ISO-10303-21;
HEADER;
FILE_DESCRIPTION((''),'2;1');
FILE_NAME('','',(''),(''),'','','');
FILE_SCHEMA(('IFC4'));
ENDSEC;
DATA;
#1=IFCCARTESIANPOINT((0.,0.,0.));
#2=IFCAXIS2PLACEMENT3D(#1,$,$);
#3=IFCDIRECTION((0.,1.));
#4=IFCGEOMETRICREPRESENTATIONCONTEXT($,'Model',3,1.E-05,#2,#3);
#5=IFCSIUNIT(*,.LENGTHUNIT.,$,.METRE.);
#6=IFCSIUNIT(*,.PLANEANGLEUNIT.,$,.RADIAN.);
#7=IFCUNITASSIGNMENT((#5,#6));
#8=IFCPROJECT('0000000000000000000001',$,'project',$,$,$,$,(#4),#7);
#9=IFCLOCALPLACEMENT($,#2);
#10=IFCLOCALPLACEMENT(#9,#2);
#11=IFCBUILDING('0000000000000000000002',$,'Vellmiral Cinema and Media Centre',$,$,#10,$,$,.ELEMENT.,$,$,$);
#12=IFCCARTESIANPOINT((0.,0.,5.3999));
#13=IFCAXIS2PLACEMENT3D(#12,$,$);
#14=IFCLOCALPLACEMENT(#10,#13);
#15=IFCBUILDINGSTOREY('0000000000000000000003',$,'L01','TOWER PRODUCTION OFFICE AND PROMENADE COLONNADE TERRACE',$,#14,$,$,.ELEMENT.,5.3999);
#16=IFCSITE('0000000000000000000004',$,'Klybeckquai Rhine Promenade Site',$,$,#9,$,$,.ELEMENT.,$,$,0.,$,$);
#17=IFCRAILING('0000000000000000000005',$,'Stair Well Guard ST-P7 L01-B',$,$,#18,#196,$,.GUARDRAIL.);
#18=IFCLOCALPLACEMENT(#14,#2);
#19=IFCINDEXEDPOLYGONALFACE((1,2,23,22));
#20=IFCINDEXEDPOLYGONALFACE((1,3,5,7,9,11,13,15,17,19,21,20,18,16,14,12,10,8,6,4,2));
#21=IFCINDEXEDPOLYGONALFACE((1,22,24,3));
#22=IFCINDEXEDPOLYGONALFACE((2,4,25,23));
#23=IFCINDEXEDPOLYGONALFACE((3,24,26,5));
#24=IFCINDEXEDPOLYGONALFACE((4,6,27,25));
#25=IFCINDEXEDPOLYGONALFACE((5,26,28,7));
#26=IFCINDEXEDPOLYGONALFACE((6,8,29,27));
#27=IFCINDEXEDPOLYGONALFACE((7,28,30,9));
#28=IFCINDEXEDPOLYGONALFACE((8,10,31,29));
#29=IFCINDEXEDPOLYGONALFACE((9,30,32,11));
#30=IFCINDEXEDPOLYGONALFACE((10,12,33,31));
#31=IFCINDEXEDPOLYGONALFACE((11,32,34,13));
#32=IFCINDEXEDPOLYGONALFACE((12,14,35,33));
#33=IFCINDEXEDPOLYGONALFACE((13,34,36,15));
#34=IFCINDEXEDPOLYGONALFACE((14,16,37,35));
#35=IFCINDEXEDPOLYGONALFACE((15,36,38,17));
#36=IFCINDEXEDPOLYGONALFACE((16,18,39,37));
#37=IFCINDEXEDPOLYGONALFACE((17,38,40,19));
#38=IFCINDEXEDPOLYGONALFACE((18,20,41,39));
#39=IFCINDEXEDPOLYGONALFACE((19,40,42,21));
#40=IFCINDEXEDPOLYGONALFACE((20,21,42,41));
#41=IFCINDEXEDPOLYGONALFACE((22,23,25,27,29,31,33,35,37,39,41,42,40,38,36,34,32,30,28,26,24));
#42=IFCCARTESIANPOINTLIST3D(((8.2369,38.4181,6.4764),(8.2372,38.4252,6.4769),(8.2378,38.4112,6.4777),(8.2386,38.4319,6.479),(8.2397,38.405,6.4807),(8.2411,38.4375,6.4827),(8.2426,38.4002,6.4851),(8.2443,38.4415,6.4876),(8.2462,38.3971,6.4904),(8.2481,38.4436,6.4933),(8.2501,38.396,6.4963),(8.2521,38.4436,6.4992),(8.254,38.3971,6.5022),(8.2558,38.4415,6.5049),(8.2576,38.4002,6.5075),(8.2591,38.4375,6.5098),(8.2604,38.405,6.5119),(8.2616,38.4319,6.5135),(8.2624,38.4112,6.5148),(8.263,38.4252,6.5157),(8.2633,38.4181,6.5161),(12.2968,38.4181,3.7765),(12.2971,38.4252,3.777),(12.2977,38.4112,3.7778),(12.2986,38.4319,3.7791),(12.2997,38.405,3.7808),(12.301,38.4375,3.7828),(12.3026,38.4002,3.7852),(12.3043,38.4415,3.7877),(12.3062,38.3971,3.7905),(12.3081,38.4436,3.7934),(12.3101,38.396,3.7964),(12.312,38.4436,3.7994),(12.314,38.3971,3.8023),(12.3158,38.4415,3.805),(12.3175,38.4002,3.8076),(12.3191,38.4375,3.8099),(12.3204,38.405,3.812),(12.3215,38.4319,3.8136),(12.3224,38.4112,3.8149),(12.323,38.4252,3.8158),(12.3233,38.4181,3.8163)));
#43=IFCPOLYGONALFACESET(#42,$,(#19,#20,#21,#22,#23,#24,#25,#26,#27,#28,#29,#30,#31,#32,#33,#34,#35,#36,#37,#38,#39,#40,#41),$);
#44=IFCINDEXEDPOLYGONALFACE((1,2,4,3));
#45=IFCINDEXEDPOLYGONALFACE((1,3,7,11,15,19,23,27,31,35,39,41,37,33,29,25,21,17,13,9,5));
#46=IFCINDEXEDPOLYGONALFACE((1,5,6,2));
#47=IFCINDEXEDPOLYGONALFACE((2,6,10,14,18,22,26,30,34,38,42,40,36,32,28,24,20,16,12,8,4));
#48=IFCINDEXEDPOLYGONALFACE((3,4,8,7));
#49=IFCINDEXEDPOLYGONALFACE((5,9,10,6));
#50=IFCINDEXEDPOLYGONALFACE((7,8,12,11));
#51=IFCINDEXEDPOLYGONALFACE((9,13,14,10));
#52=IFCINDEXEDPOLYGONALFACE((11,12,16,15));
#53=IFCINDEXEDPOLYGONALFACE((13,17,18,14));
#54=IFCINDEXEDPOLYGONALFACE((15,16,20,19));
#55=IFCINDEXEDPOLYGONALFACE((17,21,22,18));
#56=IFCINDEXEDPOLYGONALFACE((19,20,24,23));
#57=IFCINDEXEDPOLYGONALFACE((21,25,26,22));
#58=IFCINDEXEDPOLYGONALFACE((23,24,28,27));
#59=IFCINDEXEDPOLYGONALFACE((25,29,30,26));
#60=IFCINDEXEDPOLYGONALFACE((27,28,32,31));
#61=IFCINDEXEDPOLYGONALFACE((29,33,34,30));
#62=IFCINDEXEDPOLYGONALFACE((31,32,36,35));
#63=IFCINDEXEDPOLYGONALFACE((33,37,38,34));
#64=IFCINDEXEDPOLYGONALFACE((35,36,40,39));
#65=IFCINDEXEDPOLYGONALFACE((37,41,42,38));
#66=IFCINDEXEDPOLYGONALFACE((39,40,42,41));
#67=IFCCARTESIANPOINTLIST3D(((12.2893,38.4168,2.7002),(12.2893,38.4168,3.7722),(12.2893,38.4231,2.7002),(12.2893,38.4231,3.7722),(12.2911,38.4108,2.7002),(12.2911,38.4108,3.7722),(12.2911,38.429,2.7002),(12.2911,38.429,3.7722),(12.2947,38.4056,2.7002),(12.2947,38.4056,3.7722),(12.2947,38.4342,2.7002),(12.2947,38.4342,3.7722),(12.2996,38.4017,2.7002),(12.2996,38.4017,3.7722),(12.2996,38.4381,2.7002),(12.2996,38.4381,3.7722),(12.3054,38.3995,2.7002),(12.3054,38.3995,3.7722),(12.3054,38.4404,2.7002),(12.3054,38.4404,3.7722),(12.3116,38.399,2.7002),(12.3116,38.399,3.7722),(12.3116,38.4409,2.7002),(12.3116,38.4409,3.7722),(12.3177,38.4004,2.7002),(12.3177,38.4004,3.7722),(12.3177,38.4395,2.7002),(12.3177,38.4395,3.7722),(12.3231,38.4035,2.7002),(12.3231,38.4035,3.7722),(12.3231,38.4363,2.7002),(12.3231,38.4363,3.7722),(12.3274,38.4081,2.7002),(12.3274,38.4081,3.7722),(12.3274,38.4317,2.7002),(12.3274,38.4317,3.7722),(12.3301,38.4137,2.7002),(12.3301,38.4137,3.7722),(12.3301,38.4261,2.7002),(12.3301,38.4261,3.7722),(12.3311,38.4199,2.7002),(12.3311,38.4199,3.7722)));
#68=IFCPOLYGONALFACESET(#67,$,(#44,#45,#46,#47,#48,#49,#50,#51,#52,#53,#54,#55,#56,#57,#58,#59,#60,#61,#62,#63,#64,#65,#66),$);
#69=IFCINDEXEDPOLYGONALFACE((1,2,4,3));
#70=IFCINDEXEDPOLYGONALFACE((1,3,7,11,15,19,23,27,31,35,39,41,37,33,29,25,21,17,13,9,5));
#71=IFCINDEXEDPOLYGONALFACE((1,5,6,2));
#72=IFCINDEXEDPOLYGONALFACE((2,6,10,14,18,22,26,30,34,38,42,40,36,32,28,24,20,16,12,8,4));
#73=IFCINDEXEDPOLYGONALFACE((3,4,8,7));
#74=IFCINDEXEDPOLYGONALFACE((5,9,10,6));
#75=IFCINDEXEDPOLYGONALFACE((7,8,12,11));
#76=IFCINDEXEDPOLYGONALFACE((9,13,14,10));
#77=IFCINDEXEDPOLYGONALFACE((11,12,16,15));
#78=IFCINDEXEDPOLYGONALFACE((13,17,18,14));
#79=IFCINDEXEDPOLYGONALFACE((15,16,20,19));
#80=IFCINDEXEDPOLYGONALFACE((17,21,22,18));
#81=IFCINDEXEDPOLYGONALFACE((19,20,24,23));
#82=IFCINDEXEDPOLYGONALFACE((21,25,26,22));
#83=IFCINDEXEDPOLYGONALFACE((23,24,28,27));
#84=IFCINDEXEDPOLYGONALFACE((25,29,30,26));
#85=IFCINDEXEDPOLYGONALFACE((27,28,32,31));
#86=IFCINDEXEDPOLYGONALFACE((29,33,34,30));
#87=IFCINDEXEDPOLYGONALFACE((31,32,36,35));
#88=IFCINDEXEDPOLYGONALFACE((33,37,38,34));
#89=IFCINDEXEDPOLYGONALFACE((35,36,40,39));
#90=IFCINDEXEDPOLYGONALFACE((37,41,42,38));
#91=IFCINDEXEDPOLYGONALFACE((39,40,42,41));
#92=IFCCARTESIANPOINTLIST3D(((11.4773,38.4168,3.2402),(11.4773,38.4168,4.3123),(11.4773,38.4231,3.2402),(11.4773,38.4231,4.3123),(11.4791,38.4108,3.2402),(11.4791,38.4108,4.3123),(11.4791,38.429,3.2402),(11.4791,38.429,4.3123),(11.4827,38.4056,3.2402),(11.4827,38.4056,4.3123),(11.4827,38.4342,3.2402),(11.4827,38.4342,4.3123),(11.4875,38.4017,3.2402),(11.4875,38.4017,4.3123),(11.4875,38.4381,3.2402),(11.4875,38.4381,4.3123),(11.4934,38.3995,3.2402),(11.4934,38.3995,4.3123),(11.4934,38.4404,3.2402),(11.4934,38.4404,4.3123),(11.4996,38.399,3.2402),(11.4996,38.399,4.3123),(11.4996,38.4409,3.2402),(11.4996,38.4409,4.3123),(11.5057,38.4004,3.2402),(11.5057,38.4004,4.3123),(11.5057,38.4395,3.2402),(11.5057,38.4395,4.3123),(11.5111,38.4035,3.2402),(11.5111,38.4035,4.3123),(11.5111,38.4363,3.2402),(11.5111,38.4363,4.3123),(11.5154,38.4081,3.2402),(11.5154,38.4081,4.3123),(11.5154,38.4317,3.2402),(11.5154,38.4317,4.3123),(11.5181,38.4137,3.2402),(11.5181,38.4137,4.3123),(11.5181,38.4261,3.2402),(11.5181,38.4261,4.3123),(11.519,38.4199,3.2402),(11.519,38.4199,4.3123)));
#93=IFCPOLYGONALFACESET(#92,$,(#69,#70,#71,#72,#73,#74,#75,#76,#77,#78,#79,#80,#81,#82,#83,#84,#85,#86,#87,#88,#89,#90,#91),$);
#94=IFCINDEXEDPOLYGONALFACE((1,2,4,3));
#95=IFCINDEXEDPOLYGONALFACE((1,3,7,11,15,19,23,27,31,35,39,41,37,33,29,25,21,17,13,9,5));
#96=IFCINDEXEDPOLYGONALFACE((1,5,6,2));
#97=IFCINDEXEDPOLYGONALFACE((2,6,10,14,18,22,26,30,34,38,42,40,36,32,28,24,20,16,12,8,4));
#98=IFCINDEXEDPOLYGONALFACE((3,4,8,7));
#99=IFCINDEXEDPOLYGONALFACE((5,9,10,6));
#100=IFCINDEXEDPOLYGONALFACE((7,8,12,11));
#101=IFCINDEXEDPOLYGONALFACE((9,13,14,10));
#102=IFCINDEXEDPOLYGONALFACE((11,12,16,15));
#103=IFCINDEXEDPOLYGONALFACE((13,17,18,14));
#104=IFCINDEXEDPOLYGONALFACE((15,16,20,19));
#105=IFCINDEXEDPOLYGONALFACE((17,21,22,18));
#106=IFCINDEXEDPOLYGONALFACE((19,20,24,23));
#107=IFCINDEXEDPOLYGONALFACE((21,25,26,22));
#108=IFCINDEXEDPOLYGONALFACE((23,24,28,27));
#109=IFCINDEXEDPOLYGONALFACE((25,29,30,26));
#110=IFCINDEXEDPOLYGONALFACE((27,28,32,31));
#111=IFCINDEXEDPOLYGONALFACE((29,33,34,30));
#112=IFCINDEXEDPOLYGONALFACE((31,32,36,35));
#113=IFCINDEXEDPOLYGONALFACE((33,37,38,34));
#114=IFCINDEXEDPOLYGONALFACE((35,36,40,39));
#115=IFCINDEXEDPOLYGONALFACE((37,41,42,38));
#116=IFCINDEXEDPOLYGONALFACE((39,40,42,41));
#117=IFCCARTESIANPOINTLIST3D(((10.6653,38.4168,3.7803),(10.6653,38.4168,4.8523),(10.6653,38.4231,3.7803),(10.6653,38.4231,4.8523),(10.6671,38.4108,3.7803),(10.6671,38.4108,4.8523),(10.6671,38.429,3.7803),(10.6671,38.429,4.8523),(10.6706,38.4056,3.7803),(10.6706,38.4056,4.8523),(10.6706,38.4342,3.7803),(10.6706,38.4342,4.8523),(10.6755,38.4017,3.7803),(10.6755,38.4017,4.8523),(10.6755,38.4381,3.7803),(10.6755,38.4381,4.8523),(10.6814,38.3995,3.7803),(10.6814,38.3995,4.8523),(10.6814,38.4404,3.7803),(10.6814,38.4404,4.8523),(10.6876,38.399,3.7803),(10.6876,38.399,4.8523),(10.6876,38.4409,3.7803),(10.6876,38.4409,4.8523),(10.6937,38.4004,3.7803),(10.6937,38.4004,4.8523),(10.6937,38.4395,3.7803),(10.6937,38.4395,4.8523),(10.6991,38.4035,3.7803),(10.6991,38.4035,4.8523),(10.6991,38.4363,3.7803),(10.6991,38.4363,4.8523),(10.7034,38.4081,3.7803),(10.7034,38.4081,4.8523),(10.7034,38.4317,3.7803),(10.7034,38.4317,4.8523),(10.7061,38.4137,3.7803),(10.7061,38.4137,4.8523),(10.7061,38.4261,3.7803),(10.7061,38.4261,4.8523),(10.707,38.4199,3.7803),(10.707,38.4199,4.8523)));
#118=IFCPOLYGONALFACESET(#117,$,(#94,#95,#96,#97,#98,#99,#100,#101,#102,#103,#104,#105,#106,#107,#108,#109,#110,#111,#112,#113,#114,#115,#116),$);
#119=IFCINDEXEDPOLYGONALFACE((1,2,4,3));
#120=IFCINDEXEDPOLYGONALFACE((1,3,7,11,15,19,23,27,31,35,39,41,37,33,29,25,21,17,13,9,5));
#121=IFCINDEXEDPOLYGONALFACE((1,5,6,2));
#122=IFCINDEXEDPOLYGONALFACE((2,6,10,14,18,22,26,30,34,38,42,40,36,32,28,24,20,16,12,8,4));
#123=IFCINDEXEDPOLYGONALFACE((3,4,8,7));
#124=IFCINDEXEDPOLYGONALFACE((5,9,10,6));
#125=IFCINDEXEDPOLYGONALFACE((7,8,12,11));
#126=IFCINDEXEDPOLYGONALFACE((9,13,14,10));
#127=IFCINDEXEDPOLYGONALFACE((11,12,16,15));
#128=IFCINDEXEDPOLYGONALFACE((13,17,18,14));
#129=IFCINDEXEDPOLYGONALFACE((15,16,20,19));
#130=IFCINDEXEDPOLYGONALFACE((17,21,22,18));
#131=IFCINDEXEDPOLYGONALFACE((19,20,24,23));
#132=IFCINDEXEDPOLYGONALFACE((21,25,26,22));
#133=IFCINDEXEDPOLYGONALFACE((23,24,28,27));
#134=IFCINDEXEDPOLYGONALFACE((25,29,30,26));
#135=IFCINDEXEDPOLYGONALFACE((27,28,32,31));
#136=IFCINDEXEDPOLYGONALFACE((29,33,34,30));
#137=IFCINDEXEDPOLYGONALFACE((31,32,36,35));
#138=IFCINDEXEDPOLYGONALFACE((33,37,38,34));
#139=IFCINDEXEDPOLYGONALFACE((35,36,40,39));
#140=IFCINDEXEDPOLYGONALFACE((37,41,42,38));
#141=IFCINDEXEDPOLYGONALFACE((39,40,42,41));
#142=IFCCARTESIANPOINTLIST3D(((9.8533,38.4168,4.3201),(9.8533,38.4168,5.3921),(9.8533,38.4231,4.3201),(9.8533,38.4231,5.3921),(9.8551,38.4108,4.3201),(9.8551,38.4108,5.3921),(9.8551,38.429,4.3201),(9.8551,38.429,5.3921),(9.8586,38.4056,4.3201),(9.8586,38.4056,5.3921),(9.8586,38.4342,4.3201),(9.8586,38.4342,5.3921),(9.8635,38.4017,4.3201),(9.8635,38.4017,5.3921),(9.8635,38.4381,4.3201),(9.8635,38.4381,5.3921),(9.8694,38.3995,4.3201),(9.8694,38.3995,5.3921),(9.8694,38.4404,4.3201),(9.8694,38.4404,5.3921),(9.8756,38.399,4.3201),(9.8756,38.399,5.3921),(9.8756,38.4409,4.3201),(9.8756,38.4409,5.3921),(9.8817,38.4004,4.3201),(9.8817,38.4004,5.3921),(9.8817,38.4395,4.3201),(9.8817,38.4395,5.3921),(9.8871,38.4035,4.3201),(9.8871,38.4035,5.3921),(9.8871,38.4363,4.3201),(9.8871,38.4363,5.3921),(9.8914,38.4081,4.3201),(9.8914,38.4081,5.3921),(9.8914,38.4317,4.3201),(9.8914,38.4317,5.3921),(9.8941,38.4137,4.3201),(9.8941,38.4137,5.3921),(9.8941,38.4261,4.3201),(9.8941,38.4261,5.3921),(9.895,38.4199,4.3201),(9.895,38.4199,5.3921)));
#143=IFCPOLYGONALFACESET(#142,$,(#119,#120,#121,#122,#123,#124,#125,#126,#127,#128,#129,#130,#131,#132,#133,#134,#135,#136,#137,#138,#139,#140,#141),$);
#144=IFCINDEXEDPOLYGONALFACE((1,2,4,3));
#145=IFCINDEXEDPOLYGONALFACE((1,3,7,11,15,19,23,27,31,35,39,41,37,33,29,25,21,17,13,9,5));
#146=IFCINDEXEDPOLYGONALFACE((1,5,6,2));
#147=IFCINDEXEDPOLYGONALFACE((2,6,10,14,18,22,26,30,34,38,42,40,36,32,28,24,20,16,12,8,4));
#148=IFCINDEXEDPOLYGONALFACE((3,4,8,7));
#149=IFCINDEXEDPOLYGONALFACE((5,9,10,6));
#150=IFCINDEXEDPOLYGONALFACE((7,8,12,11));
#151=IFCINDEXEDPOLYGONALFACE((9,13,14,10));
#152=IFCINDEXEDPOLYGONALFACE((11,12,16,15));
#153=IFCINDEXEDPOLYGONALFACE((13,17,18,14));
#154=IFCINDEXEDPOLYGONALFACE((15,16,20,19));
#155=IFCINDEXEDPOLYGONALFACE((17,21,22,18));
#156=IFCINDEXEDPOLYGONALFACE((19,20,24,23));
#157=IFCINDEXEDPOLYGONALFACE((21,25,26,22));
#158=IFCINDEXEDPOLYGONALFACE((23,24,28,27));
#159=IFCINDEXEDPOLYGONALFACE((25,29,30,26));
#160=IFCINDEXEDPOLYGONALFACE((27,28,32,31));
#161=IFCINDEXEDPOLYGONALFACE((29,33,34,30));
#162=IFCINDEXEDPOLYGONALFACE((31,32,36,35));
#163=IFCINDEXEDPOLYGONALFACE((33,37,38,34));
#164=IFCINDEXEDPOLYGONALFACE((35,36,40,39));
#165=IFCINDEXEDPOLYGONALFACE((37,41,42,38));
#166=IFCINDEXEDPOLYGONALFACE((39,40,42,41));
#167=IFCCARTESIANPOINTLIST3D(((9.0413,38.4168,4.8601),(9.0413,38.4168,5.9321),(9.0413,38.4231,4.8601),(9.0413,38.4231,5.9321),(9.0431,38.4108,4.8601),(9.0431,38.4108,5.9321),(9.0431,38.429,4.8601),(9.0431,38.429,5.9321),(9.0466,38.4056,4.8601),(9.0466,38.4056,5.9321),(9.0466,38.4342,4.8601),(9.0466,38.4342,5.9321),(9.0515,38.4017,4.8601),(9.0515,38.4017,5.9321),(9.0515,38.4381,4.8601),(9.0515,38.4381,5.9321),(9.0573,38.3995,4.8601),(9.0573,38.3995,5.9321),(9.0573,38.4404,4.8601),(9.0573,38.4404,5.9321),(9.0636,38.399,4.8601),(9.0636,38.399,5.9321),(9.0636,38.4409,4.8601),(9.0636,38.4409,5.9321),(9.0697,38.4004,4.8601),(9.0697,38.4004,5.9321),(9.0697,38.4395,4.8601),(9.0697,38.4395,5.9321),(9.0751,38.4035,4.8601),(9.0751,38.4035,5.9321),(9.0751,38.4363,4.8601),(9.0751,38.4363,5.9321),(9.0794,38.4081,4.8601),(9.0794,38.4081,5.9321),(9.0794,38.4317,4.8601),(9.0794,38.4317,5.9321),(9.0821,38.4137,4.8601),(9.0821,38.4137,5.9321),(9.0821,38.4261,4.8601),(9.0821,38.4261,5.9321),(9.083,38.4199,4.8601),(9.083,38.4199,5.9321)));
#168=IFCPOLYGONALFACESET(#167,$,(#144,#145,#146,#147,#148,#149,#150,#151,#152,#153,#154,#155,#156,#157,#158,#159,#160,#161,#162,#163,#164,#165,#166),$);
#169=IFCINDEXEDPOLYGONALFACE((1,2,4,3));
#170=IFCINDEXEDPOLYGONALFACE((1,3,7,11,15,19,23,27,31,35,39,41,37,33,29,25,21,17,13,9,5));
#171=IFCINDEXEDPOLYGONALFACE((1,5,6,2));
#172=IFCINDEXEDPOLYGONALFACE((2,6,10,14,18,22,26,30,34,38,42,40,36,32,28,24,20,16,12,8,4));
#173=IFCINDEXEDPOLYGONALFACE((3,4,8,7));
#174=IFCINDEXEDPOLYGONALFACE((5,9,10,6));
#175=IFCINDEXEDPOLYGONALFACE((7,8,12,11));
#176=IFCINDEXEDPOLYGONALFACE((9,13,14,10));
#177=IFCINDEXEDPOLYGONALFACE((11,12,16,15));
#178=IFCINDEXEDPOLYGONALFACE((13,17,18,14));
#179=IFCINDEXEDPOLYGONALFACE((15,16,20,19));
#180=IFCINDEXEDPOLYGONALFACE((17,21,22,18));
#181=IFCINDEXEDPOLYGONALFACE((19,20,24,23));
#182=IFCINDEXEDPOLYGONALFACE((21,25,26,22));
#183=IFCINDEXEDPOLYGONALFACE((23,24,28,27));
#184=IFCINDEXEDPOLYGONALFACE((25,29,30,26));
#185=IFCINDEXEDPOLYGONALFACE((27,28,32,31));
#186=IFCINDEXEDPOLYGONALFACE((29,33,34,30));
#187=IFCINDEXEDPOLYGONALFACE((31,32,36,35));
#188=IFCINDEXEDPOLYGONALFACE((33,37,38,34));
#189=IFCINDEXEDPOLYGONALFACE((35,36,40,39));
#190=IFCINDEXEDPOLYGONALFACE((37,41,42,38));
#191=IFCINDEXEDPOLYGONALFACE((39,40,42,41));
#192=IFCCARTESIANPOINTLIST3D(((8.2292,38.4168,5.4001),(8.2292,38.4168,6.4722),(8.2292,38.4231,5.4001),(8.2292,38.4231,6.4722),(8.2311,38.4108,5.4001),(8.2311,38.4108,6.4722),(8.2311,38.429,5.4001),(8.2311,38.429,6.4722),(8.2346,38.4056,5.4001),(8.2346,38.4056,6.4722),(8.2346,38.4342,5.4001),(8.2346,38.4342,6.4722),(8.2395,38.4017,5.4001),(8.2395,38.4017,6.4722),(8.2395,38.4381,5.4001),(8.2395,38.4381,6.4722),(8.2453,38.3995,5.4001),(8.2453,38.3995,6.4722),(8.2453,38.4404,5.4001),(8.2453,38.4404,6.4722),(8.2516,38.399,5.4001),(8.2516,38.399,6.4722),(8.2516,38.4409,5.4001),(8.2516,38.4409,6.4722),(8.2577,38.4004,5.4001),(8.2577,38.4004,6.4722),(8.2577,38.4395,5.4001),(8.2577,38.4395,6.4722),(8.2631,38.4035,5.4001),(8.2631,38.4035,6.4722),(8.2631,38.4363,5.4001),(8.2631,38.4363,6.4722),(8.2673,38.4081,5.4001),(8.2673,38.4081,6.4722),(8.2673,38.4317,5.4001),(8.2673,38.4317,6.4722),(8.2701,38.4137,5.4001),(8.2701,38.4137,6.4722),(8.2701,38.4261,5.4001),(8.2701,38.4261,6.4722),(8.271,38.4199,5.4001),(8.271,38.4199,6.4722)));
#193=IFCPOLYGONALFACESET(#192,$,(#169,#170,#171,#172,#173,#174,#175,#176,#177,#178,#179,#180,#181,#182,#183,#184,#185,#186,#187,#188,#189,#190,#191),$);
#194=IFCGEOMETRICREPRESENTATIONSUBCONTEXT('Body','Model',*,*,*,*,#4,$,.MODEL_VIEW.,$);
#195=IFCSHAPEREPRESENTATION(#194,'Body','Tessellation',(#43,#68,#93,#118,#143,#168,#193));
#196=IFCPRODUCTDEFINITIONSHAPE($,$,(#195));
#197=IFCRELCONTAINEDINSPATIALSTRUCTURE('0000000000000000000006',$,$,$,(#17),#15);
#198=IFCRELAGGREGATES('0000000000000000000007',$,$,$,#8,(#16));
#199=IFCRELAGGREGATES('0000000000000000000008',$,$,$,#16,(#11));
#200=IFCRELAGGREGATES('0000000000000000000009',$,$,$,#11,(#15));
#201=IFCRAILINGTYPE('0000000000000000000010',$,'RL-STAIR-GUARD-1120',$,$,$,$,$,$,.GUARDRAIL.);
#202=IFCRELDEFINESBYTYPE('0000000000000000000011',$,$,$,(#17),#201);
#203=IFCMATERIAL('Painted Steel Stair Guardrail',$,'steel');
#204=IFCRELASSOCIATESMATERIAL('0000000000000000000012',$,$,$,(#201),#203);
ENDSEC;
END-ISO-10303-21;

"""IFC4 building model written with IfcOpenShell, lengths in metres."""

from ifc_helpers import new_model, si_unit, direction, frame, origin, origin_2d, place, context, subcontext, project, spatial, circle, extrude, material, type_object, element, save


model = new_model("IFC4")

# Units and contexts
model_context = context("Model", 3, precision=1e-05, world=origin(), true_north=direction((0.0, 1.0)))
body_context = subcontext(model_context, "Body", "Model", "MODEL_VIEW")
ifc_project = project(units=[si_unit("LENGTHUNIT", "METRE"), si_unit("PLANEANGLEUNIT", "RADIAN")], contexts=[model_context])

# Site, building, storey
site_placement = place(None, origin())
site = spatial("IfcSite", under=ifc_project, at=site_placement, Name="Klybeckquai Rhine Promenade Site", CompositionType="ELEMENT", RefElevation=0.0)
building_placement = place(site_placement, origin())
building = spatial("IfcBuilding", under=site, at=building_placement, Name="Vellmiral Cinema and Media Centre", CompositionType="ELEMENT")
storey_placement = place(building_placement, frame((0.0, 0.0, 5.3999)))
storey = spatial("IfcBuildingStorey", under=building, at=storey_placement, Name="L01", Description="TOWER PRODUCTION OFFICE AND PROMENADE COLONNADE TERRACE", CompositionType="ELEMENT", Elevation=5.3999)

# Railing
ifc_material_1 = material(Name="Painted Steel Stair Guardrail", Category="steel")
railing_type_1 = type_object("IfcRailingType", Name="RL-STAIR-GUARD-1120", PredefinedType="GUARDRAIL", material=ifc_material_1)
railing_1_placement = place(storey_placement, frame((12.3101, 38.4199, 2.7002)))
element("IfcRailing", 1, at=railing_1_placement, inside=storey, type_object=railing_type_1, Name="Stair Well Guard ST-P7 L01-B", PredefinedType="GUARDRAIL", context=body_context, shape_type="SweptSolid", body=[
    extrude(circle(Radius=0.0239, at=origin_2d()), frame((0.0, 0.0, 1.0962), z_axis=(-0.832689, 0.0, 0.553741), x_axis=(0.0, -1.0, 0.0)), (0.0, 0.0, 1.0), 4.8757),
    extrude(circle(Radius=0.021, at=origin_2d()), origin(), (0.0, 0.0, 1.0), 1.072),
    extrude(circle(Radius=0.021, at=origin_2d()), frame((-0.812, 0.0, 0.54)), (0.0, 0.0, 1.0), 1.072),
    extrude(circle(Radius=0.021, at=origin_2d()), frame((-1.624, 0.0, 1.0801)), (0.0, 0.0, 1.0), 1.072),
    extrude(circle(Radius=0.021, at=origin_2d()), frame((-2.436, 0.0, 1.6199)), (0.0, 0.0, 1.0), 1.072),
    extrude(circle(Radius=0.021, at=origin_2d()), frame((-3.248, 0.0, 2.1599)), (0.0, 0.0, 1.0), 1.072),
    extrude(circle(Radius=0.021, at=origin_2d()), frame((-4.0601, 0.0, 2.7)), (0.0, 0.0, 1.0), 1.072),
])

save(model, "model.ifc")
